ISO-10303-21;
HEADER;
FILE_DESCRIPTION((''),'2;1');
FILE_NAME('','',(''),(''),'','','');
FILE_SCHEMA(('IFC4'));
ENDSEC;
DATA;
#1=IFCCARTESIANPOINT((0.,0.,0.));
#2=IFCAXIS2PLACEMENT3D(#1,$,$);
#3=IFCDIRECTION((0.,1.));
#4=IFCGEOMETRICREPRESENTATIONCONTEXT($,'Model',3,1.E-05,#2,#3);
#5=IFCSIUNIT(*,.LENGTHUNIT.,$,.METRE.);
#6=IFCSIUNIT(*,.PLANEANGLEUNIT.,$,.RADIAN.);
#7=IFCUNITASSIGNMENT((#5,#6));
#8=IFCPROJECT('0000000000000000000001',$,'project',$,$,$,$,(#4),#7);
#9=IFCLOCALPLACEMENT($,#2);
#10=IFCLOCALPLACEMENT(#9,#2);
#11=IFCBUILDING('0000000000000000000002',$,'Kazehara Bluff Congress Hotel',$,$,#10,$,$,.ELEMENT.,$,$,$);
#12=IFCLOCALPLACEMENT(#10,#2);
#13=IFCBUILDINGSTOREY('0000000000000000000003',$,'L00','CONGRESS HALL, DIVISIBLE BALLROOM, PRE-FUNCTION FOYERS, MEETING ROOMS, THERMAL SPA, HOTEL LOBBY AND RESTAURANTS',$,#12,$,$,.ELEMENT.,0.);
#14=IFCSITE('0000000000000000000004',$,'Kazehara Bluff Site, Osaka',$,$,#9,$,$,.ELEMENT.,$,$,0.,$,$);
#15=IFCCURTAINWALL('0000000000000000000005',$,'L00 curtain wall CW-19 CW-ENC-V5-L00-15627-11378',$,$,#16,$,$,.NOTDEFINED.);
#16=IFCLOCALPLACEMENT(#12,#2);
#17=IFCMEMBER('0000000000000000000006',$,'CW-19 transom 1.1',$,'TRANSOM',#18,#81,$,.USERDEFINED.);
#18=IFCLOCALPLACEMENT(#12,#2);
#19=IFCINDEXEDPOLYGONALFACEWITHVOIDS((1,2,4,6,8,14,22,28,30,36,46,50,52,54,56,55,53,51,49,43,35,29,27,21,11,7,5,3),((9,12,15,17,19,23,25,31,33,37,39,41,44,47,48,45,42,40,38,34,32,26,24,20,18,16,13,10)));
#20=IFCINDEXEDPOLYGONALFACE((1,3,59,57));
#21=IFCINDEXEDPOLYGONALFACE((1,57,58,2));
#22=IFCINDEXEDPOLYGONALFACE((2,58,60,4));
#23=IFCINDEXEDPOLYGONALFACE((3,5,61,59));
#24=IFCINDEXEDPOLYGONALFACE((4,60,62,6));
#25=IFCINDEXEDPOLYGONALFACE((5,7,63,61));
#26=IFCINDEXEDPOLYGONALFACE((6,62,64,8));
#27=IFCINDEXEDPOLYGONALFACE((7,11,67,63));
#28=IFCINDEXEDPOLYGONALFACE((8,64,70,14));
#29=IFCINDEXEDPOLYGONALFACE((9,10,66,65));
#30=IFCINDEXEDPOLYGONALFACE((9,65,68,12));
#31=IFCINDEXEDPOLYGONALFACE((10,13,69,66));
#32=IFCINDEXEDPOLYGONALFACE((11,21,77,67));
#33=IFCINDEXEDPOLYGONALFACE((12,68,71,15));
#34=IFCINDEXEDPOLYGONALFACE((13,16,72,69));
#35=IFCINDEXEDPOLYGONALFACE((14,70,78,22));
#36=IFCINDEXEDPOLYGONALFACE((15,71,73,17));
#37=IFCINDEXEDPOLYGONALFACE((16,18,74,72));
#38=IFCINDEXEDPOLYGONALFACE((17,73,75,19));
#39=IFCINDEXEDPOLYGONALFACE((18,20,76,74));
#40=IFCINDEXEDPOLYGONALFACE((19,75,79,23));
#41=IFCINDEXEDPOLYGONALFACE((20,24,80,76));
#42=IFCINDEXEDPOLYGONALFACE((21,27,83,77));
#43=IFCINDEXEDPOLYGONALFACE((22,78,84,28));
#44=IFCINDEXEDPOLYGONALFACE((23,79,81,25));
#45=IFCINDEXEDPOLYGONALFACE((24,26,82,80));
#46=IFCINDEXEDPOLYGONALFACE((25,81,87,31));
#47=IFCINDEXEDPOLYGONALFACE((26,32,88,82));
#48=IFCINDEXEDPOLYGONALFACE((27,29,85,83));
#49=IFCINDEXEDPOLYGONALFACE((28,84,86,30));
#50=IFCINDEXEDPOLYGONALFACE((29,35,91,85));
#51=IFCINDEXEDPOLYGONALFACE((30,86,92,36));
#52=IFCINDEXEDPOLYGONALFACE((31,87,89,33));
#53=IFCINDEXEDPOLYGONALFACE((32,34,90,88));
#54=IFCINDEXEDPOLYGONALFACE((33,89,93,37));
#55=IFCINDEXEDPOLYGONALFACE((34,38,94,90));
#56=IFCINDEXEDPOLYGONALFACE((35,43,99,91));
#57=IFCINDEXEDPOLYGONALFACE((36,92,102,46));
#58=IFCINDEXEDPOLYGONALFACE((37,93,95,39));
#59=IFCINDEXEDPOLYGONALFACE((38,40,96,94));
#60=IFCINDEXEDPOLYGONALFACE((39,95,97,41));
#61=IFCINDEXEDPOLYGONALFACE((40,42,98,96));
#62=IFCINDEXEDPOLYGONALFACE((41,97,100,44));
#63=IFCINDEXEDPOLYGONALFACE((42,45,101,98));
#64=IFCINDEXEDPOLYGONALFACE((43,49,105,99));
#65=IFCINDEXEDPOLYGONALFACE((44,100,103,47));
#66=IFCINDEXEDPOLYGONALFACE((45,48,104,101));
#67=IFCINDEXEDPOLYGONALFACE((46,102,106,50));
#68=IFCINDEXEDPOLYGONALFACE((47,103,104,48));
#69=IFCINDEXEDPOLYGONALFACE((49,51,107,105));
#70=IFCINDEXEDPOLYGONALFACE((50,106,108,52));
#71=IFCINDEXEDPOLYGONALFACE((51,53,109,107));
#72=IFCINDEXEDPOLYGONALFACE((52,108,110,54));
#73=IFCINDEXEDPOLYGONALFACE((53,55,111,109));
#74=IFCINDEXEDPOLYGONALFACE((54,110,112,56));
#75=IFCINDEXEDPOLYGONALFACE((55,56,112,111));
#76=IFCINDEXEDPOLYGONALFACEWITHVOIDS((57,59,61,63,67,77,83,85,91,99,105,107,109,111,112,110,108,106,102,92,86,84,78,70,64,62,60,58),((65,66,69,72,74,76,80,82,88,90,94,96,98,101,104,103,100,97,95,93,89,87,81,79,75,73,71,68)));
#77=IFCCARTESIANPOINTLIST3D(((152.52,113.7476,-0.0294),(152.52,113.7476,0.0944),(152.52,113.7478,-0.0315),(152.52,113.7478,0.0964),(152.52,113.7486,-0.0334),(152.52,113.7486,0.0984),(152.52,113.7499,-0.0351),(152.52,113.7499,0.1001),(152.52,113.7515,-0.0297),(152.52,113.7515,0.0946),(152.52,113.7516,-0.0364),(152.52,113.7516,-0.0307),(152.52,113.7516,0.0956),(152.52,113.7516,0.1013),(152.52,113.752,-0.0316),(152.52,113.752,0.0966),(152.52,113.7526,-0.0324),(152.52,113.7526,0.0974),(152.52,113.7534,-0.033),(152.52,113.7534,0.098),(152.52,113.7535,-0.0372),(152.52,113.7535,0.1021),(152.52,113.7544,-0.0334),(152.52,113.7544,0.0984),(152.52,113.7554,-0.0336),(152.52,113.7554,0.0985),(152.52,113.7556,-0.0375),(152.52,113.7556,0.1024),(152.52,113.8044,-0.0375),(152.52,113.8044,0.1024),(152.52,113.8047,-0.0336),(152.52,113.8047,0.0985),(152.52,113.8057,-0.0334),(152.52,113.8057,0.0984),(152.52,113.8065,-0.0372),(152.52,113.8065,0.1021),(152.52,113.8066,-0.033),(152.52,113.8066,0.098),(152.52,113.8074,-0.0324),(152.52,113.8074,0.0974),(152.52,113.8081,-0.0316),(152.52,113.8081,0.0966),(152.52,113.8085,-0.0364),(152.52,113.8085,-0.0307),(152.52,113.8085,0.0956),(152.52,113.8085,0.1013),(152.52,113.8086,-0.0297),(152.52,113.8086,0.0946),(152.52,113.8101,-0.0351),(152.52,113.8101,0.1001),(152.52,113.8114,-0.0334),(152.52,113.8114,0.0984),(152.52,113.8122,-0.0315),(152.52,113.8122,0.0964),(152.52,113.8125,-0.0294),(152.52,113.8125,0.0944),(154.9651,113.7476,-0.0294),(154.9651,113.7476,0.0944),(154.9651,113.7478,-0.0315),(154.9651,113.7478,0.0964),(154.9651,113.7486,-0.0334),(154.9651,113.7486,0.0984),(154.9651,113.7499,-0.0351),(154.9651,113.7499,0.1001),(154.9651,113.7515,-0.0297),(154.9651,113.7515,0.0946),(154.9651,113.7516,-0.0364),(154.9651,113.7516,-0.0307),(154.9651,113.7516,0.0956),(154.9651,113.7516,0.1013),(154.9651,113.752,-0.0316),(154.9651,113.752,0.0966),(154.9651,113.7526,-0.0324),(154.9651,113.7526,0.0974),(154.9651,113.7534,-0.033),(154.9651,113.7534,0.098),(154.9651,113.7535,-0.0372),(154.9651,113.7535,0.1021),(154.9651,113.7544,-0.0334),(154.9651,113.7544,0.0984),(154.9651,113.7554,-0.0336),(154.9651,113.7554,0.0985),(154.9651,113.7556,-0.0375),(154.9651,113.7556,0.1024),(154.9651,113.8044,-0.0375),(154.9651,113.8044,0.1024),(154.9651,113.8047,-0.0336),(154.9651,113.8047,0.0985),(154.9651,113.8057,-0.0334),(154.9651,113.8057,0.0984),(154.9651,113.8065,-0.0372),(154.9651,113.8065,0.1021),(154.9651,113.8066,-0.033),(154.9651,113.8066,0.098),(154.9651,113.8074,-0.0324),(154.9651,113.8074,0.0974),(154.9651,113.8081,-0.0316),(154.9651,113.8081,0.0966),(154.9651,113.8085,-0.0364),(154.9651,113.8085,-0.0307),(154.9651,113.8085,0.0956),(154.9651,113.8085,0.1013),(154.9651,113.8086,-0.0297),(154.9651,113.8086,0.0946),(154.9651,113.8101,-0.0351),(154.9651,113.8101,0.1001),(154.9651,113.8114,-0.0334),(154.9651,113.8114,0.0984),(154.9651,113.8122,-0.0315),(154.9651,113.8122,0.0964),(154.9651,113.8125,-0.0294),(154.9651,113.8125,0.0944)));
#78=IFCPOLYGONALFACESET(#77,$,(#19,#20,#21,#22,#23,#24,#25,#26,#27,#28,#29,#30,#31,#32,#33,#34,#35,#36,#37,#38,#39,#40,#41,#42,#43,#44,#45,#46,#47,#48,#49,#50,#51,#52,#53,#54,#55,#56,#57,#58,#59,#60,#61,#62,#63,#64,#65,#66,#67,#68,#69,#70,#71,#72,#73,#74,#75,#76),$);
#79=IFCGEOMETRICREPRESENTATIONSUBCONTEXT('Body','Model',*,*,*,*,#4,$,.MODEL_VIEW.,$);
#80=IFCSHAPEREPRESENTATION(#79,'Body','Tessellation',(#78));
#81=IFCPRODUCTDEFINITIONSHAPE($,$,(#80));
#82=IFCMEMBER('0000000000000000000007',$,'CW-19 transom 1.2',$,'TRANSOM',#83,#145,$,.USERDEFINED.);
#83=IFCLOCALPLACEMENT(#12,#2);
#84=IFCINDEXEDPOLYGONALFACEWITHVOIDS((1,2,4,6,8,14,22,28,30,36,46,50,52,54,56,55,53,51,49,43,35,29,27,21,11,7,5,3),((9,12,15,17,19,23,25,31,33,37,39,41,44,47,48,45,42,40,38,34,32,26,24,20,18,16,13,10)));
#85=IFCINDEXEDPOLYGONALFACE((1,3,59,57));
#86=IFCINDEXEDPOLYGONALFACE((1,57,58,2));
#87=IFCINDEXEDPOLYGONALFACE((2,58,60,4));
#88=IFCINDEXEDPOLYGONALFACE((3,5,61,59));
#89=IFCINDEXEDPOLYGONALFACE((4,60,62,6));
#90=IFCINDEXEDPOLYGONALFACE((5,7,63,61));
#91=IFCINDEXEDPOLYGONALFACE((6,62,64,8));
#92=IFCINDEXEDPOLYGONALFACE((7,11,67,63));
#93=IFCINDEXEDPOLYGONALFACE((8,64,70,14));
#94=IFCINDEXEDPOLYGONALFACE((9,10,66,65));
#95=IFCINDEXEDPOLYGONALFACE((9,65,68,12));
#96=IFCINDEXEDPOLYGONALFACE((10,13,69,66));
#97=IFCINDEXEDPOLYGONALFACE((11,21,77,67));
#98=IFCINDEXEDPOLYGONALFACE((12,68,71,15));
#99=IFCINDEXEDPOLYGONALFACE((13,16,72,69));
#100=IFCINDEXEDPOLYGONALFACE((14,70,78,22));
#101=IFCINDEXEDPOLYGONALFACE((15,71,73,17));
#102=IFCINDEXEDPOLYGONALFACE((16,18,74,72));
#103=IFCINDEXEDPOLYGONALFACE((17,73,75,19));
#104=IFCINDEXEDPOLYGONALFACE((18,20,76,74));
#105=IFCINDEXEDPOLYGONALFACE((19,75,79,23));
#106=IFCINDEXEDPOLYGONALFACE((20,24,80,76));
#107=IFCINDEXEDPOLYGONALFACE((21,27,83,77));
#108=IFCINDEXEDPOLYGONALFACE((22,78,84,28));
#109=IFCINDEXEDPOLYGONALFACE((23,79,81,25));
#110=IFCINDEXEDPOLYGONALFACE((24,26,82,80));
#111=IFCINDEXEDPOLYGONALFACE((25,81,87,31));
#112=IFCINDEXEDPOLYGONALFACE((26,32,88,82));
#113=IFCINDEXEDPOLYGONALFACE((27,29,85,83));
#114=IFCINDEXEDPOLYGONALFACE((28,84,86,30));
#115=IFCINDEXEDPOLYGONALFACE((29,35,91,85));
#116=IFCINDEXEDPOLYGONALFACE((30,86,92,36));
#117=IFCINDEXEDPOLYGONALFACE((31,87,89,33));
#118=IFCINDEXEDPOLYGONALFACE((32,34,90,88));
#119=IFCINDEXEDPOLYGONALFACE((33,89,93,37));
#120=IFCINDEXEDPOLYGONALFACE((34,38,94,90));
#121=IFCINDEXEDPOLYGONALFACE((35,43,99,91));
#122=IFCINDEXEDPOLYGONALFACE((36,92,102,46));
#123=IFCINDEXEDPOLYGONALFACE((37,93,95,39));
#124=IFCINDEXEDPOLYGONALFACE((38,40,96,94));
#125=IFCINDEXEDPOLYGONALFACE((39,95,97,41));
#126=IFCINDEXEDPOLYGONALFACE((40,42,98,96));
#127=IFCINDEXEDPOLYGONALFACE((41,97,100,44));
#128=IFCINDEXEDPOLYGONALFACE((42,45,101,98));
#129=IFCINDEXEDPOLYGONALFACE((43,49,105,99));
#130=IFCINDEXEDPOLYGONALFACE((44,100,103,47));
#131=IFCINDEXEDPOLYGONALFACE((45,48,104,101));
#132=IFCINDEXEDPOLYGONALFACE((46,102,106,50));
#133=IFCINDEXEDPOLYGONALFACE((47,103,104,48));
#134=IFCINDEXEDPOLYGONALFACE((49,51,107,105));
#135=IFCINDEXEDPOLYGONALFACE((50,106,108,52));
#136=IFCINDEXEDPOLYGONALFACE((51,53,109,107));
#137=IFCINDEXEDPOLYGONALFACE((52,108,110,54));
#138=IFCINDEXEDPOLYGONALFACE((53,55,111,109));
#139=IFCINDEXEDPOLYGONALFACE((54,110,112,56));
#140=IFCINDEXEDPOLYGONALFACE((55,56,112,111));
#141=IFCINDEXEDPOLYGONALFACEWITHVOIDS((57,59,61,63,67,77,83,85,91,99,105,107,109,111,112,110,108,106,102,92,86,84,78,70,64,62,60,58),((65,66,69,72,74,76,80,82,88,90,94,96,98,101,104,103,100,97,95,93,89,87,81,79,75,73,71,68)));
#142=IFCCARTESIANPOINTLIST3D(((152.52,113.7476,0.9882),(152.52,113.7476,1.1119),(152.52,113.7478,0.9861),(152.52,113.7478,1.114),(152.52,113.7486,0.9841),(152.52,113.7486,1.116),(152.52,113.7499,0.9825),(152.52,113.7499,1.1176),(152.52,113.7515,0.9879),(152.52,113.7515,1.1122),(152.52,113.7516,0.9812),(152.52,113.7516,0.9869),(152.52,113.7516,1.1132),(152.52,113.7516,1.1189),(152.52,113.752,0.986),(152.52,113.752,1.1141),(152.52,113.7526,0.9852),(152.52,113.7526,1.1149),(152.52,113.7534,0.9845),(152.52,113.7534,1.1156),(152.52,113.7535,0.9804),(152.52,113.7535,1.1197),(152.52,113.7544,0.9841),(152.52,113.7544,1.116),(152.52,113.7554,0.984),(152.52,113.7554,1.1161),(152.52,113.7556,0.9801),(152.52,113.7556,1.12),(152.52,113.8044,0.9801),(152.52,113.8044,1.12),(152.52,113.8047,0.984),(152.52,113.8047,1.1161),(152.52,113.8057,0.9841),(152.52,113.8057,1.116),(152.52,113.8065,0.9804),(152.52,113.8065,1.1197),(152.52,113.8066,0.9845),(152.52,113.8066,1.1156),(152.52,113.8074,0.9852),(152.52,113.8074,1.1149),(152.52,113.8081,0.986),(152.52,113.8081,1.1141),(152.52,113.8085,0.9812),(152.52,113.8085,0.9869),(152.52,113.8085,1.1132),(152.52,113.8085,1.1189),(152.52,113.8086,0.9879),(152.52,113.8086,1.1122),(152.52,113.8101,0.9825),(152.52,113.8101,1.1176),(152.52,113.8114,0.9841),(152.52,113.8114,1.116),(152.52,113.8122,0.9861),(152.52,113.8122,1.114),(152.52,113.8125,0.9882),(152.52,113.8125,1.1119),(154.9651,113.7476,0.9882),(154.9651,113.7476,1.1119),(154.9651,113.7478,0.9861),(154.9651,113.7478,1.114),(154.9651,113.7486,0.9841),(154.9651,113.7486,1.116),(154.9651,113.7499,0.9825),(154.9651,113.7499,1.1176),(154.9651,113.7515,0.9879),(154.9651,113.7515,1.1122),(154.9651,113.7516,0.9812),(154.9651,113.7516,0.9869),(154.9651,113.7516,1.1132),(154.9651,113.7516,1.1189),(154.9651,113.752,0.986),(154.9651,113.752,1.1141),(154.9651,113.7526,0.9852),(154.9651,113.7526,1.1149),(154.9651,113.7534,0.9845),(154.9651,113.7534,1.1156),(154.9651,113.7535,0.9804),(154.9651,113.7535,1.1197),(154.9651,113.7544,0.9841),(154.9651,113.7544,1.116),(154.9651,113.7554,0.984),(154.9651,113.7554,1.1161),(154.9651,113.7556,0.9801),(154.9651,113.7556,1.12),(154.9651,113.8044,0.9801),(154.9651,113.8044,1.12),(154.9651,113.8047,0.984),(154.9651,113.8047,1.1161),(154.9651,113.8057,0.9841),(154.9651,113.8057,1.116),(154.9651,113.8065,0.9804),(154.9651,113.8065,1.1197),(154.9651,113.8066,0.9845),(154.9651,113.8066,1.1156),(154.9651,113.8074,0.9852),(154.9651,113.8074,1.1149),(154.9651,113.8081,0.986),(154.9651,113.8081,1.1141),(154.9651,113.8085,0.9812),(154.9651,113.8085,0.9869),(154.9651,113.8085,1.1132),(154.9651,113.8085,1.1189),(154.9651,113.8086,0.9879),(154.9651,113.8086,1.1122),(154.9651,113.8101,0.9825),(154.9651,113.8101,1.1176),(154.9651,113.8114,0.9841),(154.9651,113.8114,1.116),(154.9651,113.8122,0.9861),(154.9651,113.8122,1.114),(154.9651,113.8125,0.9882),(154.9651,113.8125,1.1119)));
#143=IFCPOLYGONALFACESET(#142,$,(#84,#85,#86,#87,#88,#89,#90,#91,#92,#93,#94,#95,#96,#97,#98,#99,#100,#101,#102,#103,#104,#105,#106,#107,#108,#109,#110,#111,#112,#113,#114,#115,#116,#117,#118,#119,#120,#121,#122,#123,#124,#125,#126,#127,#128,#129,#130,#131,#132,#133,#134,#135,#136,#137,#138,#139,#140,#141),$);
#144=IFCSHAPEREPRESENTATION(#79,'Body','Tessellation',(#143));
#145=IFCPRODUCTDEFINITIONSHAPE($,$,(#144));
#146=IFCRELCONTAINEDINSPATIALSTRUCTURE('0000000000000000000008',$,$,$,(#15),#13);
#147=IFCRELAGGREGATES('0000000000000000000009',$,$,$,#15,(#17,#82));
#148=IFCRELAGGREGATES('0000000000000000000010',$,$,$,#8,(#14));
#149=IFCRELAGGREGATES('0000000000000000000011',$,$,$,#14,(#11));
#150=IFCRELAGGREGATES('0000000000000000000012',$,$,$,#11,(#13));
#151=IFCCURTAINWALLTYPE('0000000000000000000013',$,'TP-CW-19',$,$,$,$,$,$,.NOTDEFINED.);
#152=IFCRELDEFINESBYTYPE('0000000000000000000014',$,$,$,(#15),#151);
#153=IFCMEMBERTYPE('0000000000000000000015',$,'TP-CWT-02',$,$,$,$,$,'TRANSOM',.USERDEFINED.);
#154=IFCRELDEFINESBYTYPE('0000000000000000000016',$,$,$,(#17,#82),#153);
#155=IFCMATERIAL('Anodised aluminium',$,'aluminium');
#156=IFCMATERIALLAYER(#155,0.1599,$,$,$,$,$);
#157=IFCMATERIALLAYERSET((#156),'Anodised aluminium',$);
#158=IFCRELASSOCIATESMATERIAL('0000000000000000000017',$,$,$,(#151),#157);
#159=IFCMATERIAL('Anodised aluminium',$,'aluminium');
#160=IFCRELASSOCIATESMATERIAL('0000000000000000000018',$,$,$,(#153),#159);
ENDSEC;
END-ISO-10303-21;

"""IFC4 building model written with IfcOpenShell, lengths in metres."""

from ifc_helpers import new_model, si_unit, direction, frame, origin, origin_2d, place, context, subcontext, project, spatial, hollow_rectangle, extrude, material, layer, layer_set, material_profile, profile_set, type_object, element, aggregate, save


model = new_model("IFC4")

# Units and contexts
model_context = context("Model", 3, precision=1e-05, world=origin(), true_north=direction((0.0, 1.0)))
body_context = subcontext(model_context, "Body", "Model", "MODEL_VIEW")
ifc_project = project(units=[si_unit("LENGTHUNIT", "METRE"), si_unit("PLANEANGLEUNIT", "RADIAN")], contexts=[model_context])

# Site, building, storey
site_placement = place(None, origin())
site = spatial("IfcSite", under=ifc_project, at=site_placement, Name="Kazehara Bluff Site, Osaka", CompositionType="ELEMENT", RefElevation=0.0)
building_placement = place(site_placement, origin())
building = spatial("IfcBuilding", under=site, at=building_placement, Name="Kazehara Bluff Congress Hotel", CompositionType="ELEMENT")
storey_placement = place(building_placement, origin())
storey = spatial("IfcBuildingStorey", under=building, at=storey_placement, Name="L00", Description="CONGRESS HALL, DIVISIBLE BALLROOM, PRE-FUNCTION FOYERS, MEETING ROOMS, THERMAL SPA, HOTEL LOBBY AND RESTAURANTS", CompositionType="ELEMENT", Elevation=0.0)

# Shared definitions
ifc_material_1 = material(Name="Anodised aluminium", Category="aluminium")
ifc_layer_1 = layer(ifc_material_1, 0.1599)
ifc_layer_set_1 = layer_set([ifc_layer_1], Name="Anodised aluminium")
curtain_wall_type = type_object("IfcCurtainWallType", Name="TP-CW-19", PredefinedType="NOTDEFINED", material=ifc_layer_set_1)

# Curtain wall, members
curtain_wall_1_placement = place(storey_placement, origin())
curtain_wall_1 = element("IfcCurtainWall", 1, at=curtain_wall_1_placement, inside=storey, type_object=curtain_wall_type, Name="L00 curtain wall CW-19 CW-ENC-V5-L00-15627-11378", PredefinedType="NOTDEFINED")
ifc_material_2 = material(Name="Anodised aluminium", Category="aluminium")
ifc_material_profile_1 = material_profile(ifc_material_2, hollow_rectangle(XDim=0.0649, YDim=0.1399, WallThickness=0.0039, InnerFilletRadius=0.0039, OuterFilletRadius=0.0081, at=origin_2d()))
ifc_profile_set_1 = profile_set([ifc_material_profile_1], Name="Anodised aluminium")
member_type_1 = type_object("IfcMemberType", Name="TP-CWT-02", ElementType="TRANSOM", PredefinedType="USERDEFINED", material=ifc_profile_set_1)
member_1_placement = place(storey_placement, frame((152.52, 113.78, 0.0325), z_axis=(1.0, 0.0, 0.0), x_axis=(0.0, 1.0, 0.0)))
member_1 = element("IfcMember", 2, at=member_1_placement, type_object=member_type_1, Name="CW-19 transom 1.1", ObjectType="TRANSOM", PredefinedType="USERDEFINED", context=body_context, shape_type="SweptSolid", body=[
    extrude(hollow_rectangle(XDim=0.0649, YDim=0.1399, WallThickness=0.0039, InnerFilletRadius=0.0039, OuterFilletRadius=0.0081, at=origin_2d()), origin(), (0.0, 0.0, 1.0), 2.4451),
])
member_2_placement = place(storey_placement, frame((152.52, 113.78, 1.05), z_axis=(1.0, 0.0, 0.0), x_axis=(0.0, 1.0, 0.0)))
member_2 = element("IfcMember", 3, at=member_2_placement, type_object=member_type_1, Name="CW-19 transom 1.2", ObjectType="TRANSOM", PredefinedType="USERDEFINED", context=body_context, shape_type="SweptSolid", body=[
    extrude(hollow_rectangle(XDim=0.0649, YDim=0.1399, WallThickness=0.0039, InnerFilletRadius=0.0039, OuterFilletRadius=0.0081, at=origin_2d()), origin(), (0.0, 0.0, 1.0), 2.4451),
])

aggregate(curtain_wall_1, [member_1, member_2])

save(model, "model.ifc")
